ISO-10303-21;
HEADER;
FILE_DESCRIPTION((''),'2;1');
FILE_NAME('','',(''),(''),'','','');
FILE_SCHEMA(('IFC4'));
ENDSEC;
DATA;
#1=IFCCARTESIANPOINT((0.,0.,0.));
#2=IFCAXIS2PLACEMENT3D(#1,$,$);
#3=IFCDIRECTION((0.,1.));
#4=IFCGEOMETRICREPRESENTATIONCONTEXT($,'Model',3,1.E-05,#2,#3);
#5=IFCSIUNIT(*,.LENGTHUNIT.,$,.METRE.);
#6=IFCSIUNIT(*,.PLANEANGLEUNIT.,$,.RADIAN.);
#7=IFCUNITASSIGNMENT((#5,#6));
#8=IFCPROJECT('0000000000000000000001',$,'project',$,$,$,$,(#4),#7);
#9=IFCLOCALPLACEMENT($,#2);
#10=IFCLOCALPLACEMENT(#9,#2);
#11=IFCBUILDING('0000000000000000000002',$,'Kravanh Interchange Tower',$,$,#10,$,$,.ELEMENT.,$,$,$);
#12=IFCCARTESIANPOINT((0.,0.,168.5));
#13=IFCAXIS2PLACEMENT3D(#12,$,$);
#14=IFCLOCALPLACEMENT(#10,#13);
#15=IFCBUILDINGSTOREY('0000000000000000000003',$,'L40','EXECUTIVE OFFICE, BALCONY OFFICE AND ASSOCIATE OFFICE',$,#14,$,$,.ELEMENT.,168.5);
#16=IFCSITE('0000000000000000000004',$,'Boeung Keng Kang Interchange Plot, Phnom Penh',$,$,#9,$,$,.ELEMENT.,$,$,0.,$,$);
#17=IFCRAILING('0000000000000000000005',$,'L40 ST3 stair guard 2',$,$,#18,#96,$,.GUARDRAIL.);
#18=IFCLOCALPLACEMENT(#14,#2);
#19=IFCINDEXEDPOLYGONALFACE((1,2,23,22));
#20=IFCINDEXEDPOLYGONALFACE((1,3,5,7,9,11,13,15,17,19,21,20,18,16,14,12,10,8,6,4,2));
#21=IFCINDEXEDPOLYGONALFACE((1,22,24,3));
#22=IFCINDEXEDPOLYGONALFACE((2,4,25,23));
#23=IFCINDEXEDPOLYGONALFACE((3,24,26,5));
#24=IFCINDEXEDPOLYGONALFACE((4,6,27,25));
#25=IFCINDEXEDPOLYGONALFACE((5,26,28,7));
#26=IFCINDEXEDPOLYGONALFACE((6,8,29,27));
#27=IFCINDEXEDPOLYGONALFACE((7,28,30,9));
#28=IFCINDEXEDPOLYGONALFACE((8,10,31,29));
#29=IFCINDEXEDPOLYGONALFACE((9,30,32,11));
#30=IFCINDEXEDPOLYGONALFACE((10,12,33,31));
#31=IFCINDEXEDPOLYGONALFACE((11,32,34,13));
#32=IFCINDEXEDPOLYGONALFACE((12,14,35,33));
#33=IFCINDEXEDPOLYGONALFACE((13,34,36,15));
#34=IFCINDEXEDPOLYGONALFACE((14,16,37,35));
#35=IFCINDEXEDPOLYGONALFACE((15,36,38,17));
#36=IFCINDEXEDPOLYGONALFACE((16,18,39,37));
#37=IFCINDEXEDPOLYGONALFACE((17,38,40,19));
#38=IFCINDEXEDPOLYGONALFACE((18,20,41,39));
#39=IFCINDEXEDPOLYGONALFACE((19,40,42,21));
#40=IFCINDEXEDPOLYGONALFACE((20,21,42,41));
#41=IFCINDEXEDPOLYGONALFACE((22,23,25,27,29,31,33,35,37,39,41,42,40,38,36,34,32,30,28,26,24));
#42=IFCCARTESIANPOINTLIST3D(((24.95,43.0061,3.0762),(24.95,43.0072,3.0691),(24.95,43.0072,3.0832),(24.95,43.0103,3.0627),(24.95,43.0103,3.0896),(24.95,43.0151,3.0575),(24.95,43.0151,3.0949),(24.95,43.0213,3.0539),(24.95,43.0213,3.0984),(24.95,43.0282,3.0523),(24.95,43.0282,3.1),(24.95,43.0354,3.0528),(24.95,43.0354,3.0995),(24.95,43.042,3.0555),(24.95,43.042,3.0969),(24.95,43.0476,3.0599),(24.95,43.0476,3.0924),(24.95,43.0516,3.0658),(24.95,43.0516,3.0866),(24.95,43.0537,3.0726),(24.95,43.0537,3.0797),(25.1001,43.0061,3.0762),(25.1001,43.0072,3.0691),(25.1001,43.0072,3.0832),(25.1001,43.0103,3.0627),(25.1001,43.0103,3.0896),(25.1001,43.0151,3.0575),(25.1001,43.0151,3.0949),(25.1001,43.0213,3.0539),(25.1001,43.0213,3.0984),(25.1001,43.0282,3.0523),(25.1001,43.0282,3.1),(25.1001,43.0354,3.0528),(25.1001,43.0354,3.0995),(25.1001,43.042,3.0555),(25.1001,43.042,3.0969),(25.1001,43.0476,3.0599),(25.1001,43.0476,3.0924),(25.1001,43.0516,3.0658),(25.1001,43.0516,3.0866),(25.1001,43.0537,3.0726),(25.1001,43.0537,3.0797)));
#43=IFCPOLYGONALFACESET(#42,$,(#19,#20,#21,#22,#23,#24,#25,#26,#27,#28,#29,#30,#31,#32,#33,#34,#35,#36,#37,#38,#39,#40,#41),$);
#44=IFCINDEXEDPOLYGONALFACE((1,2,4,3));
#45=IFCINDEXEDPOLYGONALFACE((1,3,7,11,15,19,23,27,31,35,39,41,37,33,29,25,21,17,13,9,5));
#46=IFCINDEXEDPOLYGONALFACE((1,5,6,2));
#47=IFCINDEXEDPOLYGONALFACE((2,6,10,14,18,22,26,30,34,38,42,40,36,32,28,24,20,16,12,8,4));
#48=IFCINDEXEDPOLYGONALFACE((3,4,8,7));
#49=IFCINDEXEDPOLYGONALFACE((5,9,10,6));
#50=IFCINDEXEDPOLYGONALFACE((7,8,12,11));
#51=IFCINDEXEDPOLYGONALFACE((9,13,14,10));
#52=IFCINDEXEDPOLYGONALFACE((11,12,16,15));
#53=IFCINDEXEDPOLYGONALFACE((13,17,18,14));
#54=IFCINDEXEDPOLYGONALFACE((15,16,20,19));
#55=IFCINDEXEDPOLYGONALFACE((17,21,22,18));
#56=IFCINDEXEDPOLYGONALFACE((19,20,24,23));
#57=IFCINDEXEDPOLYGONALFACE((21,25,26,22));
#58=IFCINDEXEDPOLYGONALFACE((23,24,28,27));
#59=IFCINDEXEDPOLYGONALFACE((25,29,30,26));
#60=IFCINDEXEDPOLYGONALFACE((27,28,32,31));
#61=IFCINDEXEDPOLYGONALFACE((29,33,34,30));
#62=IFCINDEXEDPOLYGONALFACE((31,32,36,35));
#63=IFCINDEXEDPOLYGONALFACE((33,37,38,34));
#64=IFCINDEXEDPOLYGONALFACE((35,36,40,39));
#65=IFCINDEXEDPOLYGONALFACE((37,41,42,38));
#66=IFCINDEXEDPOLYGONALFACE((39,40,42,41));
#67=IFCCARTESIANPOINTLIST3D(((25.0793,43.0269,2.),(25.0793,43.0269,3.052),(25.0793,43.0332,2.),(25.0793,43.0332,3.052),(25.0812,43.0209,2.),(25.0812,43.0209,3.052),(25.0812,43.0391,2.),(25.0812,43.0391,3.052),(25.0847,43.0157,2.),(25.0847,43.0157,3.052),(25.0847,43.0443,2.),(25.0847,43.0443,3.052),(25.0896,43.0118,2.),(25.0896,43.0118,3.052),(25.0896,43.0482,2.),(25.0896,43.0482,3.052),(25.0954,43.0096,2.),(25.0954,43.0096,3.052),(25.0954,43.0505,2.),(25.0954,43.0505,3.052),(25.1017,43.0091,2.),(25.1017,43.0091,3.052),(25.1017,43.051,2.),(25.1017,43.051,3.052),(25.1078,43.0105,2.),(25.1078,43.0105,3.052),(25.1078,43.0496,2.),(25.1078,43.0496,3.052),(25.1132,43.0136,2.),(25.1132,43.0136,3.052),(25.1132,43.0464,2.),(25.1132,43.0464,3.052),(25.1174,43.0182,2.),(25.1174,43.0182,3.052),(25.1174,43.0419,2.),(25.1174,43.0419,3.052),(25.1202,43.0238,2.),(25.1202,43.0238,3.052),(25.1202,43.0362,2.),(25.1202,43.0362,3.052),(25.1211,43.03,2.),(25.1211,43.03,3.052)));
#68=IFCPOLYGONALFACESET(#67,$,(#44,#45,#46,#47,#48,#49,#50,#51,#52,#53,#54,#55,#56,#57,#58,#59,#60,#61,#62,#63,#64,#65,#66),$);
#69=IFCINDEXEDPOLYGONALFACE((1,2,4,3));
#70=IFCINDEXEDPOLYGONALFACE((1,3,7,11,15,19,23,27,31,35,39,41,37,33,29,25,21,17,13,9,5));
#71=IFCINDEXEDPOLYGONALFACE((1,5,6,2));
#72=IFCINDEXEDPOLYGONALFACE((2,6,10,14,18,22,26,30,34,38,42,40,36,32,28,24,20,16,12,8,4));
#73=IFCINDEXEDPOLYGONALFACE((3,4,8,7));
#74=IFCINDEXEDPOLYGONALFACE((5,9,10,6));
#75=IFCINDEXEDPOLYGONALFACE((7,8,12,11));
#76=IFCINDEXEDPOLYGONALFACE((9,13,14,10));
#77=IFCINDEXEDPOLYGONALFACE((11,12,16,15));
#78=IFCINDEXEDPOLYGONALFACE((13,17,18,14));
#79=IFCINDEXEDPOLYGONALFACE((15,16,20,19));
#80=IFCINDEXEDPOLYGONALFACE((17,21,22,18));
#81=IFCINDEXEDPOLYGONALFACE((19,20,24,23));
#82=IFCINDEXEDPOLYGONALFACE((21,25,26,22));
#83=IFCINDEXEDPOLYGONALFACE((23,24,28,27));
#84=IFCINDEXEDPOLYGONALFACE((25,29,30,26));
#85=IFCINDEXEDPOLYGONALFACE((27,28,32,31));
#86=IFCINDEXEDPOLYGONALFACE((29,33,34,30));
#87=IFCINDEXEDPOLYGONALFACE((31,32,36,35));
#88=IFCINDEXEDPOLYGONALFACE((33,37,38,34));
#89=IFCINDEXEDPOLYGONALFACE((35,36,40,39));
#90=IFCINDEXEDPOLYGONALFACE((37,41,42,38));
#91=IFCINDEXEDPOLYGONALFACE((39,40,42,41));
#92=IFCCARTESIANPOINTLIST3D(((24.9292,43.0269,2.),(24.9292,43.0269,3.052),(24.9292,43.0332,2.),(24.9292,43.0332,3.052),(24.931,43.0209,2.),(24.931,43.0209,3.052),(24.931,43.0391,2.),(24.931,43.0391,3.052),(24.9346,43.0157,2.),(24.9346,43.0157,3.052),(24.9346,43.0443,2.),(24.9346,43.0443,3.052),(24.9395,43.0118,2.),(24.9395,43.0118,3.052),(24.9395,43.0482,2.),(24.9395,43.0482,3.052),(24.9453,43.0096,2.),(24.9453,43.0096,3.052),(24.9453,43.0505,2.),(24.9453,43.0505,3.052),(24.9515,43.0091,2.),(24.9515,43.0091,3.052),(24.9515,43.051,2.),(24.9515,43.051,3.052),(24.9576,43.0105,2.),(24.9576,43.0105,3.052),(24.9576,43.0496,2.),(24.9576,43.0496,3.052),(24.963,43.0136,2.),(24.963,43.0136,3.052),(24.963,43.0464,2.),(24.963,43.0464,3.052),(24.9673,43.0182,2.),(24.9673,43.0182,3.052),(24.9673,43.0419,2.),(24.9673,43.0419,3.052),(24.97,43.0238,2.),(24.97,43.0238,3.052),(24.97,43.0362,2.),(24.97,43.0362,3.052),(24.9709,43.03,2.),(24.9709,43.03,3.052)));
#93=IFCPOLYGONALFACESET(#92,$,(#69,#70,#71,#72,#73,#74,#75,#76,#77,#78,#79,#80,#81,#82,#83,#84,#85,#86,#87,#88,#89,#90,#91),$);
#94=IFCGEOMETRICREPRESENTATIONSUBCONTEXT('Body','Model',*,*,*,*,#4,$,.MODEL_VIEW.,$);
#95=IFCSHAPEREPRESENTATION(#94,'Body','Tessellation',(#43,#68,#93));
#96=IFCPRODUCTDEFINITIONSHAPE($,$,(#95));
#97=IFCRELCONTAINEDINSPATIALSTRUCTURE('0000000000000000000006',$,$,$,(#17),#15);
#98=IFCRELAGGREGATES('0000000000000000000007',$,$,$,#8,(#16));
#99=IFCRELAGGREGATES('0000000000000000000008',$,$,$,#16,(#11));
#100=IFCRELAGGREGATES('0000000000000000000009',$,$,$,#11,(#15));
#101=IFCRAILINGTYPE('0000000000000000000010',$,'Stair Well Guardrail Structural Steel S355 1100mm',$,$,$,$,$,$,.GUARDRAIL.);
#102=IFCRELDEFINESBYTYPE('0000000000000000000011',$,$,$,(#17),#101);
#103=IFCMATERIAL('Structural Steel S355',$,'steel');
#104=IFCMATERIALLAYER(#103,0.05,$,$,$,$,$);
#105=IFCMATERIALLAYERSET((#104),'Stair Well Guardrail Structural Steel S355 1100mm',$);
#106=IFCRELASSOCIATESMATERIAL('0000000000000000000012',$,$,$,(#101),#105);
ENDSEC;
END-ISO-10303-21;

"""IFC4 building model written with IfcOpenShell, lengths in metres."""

from ifc_helpers import new_model, si_unit, direction, frame, origin, origin_2d, place, context, subcontext, project, spatial, circle, extrude, material, layer, layer_set, type_object, element, save


model = new_model("IFC4")

# Units and contexts
model_context = context("Model", 3, precision=1e-05, world=origin(), true_north=direction((0.0, 1.0)))
body_context = subcontext(model_context, "Body", "Model", "MODEL_VIEW")
ifc_project = project(units=[si_unit("LENGTHUNIT", "METRE"), si_unit("PLANEANGLEUNIT", "RADIAN")], contexts=[model_context])

# Site, building, storey
site_placement = place(None, origin())
site = spatial("IfcSite", under=ifc_project, at=site_placement, Name="Boeung Keng Kang Interchange Plot, Phnom Penh", CompositionType="ELEMENT", RefElevation=0.0)
building_placement = place(site_placement, origin())
building = spatial("IfcBuilding", under=site, at=building_placement, Name="Kravanh Interchange Tower", CompositionType="ELEMENT")
storey_placement = place(building_placement, frame((0.0, 0.0, 168.5)))
storey = spatial("IfcBuildingStorey", under=building, at=storey_placement, Name="L40", Description="EXECUTIVE OFFICE, BALCONY OFFICE AND ASSOCIATE OFFICE", CompositionType="ELEMENT", Elevation=168.5)

# Railing
ifc_material_1 = material(Name="Structural Steel S355", Category="steel")
ifc_layer_1 = layer(ifc_material_1, 0.05)
ifc_layer_set_1 = layer_set([ifc_layer_1], Name="Stair Well Guardrail Structural Steel S355 1100mm")
railing_type_1 = type_object("IfcRailingType", Name="Stair Well Guardrail Structural Steel S355 1100mm", PredefinedType="GUARDRAIL", material=ifc_layer_set_1)
railing_1_placement = place(storey_placement, frame((25.1001, 43.03, 2.0)))
element("IfcRailing", 1, at=railing_1_placement, inside=storey, type_object=railing_type_1, Name="L40 ST3 stair guard 2", PredefinedType="GUARDRAIL", context=body_context, shape_type="SweptSolid", body=[
    extrude(circle(Radius=0.0239, at=origin_2d()), frame((0.0, 0.0, 1.0762), z_axis=(-1.0, 0.0, 0.0), x_axis=(0.0, -1.0, 0.0)), (0.0, 0.0, 1.0), 0.1501),
    extrude(circle(Radius=0.021, at=origin_2d()), origin(), (0.0, 0.0, 1.0), 1.052),
    extrude(circle(Radius=0.021, at=origin_2d()), frame((-0.1501, 0.0, 0.0)), (0.0, 0.0, 1.0), 1.052),
])

save(model, "model.ifc")
